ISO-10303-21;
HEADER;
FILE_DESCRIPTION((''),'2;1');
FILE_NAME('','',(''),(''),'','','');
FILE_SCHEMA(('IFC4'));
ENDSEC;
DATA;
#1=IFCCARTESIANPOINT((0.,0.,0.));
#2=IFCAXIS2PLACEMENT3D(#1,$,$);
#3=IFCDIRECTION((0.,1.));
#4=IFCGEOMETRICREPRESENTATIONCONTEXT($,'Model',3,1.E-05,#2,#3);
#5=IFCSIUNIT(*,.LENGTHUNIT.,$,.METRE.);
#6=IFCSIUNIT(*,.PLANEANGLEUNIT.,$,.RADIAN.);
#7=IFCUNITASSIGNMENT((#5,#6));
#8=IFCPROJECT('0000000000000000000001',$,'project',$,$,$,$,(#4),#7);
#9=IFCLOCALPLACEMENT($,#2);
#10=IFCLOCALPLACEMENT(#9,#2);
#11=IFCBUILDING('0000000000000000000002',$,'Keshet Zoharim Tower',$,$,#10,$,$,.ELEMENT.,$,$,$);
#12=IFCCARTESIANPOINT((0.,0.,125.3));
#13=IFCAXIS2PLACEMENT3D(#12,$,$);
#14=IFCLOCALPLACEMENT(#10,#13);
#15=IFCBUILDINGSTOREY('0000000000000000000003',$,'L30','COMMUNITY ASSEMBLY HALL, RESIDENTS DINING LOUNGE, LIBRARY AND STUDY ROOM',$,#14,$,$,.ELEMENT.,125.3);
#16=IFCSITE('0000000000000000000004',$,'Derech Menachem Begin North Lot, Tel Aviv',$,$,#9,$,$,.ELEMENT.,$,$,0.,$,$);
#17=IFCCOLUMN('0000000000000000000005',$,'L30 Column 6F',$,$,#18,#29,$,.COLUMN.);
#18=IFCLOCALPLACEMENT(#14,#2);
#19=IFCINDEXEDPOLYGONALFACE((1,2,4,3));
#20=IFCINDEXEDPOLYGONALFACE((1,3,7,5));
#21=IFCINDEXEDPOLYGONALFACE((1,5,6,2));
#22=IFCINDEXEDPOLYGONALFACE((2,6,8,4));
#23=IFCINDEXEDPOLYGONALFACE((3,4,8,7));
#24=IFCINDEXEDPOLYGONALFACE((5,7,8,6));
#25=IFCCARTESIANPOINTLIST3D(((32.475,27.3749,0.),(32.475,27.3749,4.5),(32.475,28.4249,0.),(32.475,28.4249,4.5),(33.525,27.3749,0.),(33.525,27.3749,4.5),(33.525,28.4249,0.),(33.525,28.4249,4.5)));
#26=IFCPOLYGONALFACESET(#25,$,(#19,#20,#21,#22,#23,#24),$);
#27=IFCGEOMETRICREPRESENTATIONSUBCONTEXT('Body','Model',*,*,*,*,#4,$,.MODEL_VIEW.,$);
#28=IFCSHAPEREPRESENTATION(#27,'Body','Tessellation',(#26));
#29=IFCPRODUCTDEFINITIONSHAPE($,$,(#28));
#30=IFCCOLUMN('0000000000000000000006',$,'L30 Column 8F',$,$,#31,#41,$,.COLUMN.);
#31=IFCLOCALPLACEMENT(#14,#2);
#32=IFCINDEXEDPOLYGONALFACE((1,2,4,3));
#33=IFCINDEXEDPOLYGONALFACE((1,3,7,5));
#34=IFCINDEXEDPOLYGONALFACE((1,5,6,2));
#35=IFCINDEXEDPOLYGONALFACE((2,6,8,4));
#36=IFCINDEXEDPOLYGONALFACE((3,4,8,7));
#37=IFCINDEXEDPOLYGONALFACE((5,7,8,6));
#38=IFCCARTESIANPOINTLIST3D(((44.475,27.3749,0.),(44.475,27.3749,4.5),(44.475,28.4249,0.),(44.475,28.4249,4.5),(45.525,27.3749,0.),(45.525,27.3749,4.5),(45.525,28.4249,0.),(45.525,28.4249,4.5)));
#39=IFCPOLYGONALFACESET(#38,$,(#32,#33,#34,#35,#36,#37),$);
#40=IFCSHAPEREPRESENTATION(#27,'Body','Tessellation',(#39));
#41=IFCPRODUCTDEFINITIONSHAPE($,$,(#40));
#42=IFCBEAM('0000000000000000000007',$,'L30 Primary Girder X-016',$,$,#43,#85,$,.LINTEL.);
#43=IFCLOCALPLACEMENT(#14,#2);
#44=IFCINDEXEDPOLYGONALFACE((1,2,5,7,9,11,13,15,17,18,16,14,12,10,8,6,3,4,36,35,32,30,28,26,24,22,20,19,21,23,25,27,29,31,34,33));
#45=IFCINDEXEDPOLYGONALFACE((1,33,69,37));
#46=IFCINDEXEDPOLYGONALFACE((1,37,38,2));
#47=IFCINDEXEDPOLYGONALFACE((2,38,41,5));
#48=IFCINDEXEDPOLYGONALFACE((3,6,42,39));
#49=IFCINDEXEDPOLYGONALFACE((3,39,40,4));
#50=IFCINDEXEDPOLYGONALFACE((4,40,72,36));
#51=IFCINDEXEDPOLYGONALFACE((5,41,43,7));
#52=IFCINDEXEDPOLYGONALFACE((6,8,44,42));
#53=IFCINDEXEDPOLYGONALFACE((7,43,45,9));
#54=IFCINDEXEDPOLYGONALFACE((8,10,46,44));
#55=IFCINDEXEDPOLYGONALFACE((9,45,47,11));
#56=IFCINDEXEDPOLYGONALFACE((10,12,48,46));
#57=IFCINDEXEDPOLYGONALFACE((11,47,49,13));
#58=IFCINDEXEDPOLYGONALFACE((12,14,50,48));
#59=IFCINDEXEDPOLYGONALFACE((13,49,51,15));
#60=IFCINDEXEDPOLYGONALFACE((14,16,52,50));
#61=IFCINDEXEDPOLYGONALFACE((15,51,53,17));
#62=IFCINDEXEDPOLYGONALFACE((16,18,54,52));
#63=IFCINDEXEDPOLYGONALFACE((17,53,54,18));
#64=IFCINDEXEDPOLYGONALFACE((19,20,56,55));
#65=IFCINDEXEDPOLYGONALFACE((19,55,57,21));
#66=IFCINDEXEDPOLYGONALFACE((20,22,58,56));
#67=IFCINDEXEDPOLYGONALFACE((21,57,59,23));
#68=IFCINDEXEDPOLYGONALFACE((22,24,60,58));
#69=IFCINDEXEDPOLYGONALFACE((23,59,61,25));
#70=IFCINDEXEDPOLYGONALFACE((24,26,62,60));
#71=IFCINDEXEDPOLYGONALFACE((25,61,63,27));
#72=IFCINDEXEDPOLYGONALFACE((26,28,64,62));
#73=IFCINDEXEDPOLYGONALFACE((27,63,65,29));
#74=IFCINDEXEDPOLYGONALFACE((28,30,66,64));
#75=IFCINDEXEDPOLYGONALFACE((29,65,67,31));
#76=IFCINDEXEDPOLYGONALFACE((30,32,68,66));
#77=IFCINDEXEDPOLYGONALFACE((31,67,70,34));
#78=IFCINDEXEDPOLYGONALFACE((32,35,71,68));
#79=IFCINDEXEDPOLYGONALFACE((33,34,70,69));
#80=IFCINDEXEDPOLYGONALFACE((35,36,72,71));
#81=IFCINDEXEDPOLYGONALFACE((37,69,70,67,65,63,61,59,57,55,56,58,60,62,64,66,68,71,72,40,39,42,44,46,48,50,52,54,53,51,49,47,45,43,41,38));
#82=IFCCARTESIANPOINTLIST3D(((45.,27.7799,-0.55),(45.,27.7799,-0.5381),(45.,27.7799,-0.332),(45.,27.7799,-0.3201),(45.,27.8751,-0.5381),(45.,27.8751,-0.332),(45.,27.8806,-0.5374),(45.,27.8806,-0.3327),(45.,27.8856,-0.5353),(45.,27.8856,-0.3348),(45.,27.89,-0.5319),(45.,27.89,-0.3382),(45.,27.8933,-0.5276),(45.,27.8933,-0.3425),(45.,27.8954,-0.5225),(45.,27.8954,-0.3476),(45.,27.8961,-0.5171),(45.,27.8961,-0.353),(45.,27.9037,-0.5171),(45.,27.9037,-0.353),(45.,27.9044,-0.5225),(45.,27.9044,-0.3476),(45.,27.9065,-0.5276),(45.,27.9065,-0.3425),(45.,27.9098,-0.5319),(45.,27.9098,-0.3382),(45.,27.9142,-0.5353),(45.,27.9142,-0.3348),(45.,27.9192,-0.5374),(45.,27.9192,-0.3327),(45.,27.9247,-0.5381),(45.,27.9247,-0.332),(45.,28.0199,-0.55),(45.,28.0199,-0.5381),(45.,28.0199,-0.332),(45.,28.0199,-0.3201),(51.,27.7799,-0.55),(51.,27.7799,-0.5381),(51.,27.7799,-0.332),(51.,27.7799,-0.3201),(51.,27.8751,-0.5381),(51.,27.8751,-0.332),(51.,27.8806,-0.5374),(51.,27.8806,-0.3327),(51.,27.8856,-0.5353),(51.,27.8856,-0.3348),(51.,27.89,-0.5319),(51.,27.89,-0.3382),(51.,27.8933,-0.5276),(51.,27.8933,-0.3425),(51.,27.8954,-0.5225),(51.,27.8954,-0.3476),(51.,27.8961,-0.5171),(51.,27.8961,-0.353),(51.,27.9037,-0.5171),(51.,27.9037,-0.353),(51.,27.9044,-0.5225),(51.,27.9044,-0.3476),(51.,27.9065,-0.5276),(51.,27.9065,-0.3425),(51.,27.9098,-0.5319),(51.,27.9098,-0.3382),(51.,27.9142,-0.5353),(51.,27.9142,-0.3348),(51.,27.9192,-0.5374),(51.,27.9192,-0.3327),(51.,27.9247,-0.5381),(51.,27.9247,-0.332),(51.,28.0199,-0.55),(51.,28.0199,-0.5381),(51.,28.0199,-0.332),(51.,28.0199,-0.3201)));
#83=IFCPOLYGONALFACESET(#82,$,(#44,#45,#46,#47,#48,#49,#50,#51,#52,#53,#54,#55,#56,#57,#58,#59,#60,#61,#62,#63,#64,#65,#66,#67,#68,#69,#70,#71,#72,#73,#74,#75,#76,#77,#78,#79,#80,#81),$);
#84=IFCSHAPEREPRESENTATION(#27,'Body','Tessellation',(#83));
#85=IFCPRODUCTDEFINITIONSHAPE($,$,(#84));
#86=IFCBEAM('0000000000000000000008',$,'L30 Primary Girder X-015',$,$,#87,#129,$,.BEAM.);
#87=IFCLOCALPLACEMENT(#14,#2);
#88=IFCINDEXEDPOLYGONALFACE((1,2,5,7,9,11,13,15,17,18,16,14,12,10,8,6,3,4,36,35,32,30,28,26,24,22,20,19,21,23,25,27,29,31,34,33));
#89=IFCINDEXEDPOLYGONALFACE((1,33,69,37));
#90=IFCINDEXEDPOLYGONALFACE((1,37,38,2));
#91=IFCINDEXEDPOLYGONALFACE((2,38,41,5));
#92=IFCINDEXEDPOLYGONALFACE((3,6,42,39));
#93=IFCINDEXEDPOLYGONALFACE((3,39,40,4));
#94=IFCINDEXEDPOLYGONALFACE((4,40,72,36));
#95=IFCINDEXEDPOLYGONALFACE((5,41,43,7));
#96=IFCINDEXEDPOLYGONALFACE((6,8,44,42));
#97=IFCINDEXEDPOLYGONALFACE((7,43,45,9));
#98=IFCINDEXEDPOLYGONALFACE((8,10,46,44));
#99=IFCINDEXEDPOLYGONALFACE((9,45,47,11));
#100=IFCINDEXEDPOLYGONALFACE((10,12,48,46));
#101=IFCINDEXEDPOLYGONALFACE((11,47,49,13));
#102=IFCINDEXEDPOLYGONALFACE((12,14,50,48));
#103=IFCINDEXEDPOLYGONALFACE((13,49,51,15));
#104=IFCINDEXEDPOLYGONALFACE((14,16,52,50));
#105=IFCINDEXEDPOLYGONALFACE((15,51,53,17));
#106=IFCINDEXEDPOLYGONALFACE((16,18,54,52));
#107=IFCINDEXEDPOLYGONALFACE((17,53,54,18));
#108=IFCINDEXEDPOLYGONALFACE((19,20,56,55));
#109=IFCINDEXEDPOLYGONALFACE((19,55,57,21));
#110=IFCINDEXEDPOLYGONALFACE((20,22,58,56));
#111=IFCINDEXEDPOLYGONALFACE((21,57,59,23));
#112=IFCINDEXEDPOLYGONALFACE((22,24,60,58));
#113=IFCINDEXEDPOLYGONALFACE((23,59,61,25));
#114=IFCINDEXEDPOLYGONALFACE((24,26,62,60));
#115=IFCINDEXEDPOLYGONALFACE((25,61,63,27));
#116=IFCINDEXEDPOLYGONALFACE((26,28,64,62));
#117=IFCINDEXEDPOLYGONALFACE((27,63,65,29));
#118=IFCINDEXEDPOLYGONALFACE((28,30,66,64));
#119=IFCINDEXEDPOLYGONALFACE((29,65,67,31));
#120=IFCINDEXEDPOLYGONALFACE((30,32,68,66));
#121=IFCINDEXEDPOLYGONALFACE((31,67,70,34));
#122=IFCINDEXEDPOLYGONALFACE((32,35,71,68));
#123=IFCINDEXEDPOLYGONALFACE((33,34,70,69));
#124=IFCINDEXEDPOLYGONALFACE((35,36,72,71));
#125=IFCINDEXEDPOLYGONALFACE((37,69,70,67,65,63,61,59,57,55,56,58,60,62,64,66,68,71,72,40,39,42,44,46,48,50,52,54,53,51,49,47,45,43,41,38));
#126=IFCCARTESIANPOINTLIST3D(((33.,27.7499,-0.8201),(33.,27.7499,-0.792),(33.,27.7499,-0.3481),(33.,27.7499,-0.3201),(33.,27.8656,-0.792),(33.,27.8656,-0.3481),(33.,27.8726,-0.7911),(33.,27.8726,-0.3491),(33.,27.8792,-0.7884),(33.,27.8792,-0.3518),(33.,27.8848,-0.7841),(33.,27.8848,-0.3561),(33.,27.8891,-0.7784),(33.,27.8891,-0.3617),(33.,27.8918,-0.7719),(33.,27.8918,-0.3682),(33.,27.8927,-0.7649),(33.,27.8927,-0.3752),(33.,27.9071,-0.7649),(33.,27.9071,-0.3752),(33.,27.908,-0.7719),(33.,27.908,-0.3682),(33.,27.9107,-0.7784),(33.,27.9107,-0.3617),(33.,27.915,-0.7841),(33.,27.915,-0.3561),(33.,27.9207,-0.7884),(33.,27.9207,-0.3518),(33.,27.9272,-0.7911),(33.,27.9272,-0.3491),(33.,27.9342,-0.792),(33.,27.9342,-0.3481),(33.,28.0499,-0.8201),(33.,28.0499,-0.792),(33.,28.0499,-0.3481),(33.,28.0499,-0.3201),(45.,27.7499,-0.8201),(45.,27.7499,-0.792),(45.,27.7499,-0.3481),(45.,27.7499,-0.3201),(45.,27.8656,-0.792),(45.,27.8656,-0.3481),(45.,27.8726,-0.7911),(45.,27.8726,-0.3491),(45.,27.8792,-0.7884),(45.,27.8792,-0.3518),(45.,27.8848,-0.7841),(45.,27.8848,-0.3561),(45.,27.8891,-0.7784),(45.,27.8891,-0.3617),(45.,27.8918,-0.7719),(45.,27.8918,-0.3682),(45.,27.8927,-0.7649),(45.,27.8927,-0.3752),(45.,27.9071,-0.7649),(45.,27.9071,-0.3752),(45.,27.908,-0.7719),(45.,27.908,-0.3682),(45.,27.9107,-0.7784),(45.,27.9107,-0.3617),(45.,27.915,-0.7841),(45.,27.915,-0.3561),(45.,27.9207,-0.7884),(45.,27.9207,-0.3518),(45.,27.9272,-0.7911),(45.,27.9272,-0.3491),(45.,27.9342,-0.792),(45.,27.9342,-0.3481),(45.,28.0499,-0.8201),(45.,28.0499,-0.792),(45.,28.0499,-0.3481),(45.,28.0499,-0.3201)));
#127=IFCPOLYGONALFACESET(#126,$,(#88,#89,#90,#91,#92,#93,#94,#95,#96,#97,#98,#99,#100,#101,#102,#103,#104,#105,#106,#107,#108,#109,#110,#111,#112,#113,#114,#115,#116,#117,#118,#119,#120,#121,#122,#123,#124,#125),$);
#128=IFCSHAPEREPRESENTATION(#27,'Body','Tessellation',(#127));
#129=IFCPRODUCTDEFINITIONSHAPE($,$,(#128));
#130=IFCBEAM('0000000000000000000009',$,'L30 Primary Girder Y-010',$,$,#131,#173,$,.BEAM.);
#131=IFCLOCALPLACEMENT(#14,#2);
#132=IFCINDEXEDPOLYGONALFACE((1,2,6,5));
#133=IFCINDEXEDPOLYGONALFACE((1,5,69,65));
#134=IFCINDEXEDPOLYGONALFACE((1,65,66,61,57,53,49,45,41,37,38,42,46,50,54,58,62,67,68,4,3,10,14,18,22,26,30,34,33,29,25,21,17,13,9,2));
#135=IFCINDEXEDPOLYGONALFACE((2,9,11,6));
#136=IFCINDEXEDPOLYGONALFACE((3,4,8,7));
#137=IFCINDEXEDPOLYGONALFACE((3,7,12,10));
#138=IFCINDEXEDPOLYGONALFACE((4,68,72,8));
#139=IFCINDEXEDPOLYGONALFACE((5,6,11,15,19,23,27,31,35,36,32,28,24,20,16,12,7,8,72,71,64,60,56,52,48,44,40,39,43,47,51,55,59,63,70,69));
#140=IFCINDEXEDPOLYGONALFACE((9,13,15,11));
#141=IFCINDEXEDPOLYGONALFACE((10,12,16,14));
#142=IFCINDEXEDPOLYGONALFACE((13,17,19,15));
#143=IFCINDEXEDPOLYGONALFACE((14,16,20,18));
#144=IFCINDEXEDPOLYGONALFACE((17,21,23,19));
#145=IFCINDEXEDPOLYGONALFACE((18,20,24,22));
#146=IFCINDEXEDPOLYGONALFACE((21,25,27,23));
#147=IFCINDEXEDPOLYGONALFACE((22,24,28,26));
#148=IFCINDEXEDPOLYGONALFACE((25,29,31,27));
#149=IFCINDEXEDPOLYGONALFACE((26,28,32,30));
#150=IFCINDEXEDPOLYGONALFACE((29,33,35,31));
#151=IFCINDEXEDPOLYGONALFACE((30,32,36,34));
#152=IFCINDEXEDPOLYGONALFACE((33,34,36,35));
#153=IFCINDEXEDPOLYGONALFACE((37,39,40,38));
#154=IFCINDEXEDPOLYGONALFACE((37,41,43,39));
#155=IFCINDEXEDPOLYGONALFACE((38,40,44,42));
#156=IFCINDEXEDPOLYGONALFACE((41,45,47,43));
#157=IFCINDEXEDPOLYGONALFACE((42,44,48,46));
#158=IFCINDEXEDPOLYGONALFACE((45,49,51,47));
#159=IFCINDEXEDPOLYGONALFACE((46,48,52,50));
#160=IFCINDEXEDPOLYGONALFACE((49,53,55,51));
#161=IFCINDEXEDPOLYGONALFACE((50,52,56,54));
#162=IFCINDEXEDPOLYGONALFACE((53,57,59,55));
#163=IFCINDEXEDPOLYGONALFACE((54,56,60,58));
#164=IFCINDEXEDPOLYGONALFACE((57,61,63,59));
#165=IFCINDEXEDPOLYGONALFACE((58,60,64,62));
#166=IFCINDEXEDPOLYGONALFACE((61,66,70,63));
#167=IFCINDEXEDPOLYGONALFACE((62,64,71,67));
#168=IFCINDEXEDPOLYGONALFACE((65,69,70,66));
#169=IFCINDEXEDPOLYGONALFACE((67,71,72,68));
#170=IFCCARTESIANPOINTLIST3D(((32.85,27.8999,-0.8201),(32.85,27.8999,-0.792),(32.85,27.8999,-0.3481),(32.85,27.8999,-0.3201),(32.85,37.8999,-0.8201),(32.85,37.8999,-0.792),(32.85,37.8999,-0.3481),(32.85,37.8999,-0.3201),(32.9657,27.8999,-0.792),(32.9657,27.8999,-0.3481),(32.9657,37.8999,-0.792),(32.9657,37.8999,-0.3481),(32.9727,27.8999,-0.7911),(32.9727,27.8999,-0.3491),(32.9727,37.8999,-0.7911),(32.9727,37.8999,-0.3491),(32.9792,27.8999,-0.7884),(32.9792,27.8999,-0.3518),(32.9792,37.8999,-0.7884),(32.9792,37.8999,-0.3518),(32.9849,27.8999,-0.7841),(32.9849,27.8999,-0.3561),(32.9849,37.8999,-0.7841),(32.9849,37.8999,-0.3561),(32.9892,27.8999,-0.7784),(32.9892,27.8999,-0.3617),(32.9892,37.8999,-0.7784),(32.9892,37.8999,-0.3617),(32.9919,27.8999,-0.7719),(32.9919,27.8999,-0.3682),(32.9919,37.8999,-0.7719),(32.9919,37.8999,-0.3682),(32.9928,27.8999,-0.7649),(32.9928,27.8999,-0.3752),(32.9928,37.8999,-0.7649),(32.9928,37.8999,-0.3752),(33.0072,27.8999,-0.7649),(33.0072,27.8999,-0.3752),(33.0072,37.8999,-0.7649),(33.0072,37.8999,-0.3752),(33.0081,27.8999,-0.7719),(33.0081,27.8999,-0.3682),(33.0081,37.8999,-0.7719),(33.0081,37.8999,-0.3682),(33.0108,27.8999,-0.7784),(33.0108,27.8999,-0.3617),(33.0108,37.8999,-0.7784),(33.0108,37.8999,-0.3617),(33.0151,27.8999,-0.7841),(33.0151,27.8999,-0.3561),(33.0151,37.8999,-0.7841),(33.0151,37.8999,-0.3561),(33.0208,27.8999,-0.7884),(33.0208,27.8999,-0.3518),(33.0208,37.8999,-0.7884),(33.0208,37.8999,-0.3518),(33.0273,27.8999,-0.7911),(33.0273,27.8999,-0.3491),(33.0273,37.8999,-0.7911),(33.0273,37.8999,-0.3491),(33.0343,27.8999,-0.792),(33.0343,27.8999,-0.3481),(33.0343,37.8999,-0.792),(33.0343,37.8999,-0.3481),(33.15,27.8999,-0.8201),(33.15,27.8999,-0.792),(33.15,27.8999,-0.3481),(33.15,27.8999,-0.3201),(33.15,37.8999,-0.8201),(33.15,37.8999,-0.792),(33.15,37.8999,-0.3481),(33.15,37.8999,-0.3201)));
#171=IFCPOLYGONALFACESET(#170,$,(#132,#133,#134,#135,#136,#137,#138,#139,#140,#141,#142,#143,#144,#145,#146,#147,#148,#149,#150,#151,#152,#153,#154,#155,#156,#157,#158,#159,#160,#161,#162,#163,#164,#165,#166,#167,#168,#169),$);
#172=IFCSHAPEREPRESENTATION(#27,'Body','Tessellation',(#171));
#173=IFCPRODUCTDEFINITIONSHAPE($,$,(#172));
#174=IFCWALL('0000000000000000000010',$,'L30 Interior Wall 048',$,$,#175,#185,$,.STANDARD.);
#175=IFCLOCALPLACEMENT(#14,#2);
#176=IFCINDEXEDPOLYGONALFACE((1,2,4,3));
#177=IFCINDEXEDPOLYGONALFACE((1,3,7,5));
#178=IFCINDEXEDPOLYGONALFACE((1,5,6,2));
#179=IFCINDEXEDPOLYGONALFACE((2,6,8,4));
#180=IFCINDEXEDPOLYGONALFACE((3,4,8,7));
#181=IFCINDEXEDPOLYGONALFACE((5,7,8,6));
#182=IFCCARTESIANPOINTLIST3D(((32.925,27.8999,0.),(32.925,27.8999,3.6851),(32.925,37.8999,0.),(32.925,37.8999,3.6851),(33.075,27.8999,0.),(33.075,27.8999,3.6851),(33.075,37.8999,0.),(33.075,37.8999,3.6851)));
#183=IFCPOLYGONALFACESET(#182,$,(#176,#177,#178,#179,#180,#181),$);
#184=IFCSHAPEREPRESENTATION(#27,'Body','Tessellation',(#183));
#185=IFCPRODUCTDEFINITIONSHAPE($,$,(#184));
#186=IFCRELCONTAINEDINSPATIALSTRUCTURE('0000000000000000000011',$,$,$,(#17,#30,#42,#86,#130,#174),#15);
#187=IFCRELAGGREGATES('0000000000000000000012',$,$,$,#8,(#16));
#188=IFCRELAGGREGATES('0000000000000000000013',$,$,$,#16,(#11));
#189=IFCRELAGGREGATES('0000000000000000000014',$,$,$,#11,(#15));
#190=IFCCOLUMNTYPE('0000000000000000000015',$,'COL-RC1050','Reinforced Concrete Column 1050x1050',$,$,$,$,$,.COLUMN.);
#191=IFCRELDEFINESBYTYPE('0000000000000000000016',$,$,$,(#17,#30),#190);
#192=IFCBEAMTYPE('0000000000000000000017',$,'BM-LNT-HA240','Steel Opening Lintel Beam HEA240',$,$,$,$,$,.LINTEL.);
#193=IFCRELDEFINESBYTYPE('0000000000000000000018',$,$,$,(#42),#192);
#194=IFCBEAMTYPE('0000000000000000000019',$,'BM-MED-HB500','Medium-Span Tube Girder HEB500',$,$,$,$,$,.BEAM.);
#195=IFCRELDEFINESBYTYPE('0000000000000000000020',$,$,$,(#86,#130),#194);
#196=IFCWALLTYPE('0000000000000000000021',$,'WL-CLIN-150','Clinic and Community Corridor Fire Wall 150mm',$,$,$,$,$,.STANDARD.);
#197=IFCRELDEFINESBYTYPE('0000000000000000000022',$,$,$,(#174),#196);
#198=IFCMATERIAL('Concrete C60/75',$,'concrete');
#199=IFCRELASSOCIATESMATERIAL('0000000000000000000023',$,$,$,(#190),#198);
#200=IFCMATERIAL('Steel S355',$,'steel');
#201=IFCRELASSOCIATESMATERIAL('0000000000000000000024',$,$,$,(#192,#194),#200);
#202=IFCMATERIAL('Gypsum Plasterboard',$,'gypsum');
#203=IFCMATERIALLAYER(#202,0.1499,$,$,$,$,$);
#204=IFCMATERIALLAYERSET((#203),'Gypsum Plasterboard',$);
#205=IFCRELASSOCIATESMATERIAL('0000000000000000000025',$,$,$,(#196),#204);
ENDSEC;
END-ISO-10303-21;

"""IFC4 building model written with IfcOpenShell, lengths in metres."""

from ifc_helpers import new_model, si_unit, direction, frame, frame_2d, origin, origin_2d, place, context, subcontext, project, spatial, rectangle, i_section, extrude, material, layer, layer_set, material_profile, profile_set, type_object, element, save


model = new_model("IFC4")

# Units and contexts
model_context = context("Model", 3, precision=1e-05, world=origin(), true_north=direction((0.0, 1.0)))
body_context = subcontext(model_context, "Body", "Model", "MODEL_VIEW")
ifc_project = project(units=[si_unit("LENGTHUNIT", "METRE"), si_unit("PLANEANGLEUNIT", "RADIAN")], contexts=[model_context])

# Site, building, storey
site_placement = place(None, origin())
site = spatial("IfcSite", under=ifc_project, at=site_placement, Name="Derech Menachem Begin North Lot, Tel Aviv", CompositionType="ELEMENT", RefElevation=0.0)
building_placement = place(site_placement, origin())
building = spatial("IfcBuilding", under=site, at=building_placement, Name="Keshet Zoharim Tower", CompositionType="ELEMENT")
storey_placement = place(building_placement, frame((0.0, 0.0, 125.3)))
storey = spatial("IfcBuildingStorey", under=building, at=storey_placement, Name="L30", Description="COMMUNITY ASSEMBLY HALL, RESIDENTS DINING LOUNGE, LIBRARY AND STUDY ROOM", CompositionType="ELEMENT", Elevation=125.3)

# Columns
ifc_material_1 = material(Name="Concrete C60/75", Category="concrete")
ifc_material_profile_1 = material_profile(ifc_material_1, rectangle(XDim=1.05, YDim=1.05, at=origin_2d()), Name="RC1050x1050")
ifc_profile_set_1 = profile_set([ifc_material_profile_1], Name="Concrete C60/75")
column_type = type_object("IfcColumnType", Name="COL-RC1050", Description="Reinforced Concrete Column 1050x1050", PredefinedType="COLUMN", material=ifc_profile_set_1)
for number, where, z_axis, x_axis, name in (
    (1, (33.0, 27.8999, 0.0), (0.0, 0.0, 1.0), (1.0, 0.0, 0.0), "L30 Column 6F"),
    (2, (45.0, 27.8999, 0.0), (0.0, 0.0, 1.0), (1.0, 0.0, 0.0), "L30 Column 8F"),
):
    element("IfcColumn", number, at=place(storey_placement, frame(where, z_axis=z_axis, x_axis=x_axis)), inside=storey, type_object=column_type, Name=name, PredefinedType="COLUMN", context=body_context, shape_type="SweptSolid", body=[
        extrude(rectangle(XDim=1.05, YDim=1.05, at=origin_2d()), origin(), (0.0, 0.0, 1.0), 4.5),
    ])

# Beams
ifc_material_2 = material(Name="Steel S355", Category="steel")
ifc_material_profile_2 = material_profile(ifc_material_2, i_section(OverallWidth=0.24, OverallDepth=0.23, WebThickness=0.0076, FlangeThickness=0.012, FilletRadius=0.021, at=origin_2d()), Name="HEA240")
ifc_profile_set_2 = profile_set([ifc_material_profile_2], Name="Steel S355")
beam_type_1 = type_object("IfcBeamType", Name="BM-LNT-HA240", Description="Steel Opening Lintel Beam HEA240", PredefinedType="LINTEL", material=ifc_profile_set_2)
beam_1_placement = place(storey_placement, frame((45.0, 27.8999, -0.4351), z_axis=(1.0, 0.0, 0.0), x_axis=(0.0, 1.0, 0.0)))
element("IfcBeam", 3, at=beam_1_placement, inside=storey, type_object=beam_type_1, Name="L30 Primary Girder X-016", PredefinedType="LINTEL", context=body_context, shape_type="SweptSolid", body=[
    extrude(i_section(OverallWidth=0.24, OverallDepth=0.23, WebThickness=0.0076, FlangeThickness=0.012, FilletRadius=0.021, at=origin_2d()), origin(), (0.0, 0.0, 1.0), 6.0),
])
ifc_material_profile_3 = material_profile(ifc_material_2, i_section(OverallWidth=0.3, OverallDepth=0.5, WebThickness=0.0144, FlangeThickness=0.0281, FilletRadius=0.0271, at=origin_2d()), Name="HEB500")
ifc_profile_set_3 = profile_set([ifc_material_profile_3], Name="Steel S355")
beam_type_2 = type_object("IfcBeamType", Name="BM-MED-HB500", Description="Medium-Span Tube Girder HEB500", PredefinedType="BEAM", material=ifc_profile_set_3)
beam_2_placement = place(storey_placement, frame((33.0, 27.8999, -0.5701), z_axis=(1.0, 0.0, 0.0), x_axis=(0.0, 1.0, 0.0)))
element("IfcBeam", 4, at=beam_2_placement, inside=storey, type_object=beam_type_2, Name="L30 Primary Girder X-015", PredefinedType="BEAM", context=body_context, shape_type="SweptSolid", body=[
    extrude(i_section(OverallWidth=0.3, OverallDepth=0.5, WebThickness=0.0144, FlangeThickness=0.0281, FilletRadius=0.0271, at=origin_2d()), origin(), (0.0, 0.0, 1.0), 12.0),
])
beam_3_placement = place(storey_placement, frame((33.0, 27.8999, -0.5701), z_axis=(0.0, 1.0, 0.0), x_axis=(-1.0, 0.0, 0.0)))
element("IfcBeam", 5, at=beam_3_placement, inside=storey, type_object=beam_type_2, Name="L30 Primary Girder Y-010", PredefinedType="BEAM", context=body_context, shape_type="SweptSolid", body=[
    extrude(i_section(OverallWidth=0.3, OverallDepth=0.5, WebThickness=0.0144, FlangeThickness=0.0281, FilletRadius=0.0271, at=origin_2d()), origin(), (0.0, 0.0, 1.0), 10.0),
])

# Wall
ifc_material_3 = material(Name="Gypsum Plasterboard", Category="gypsum")
ifc_layer_1 = layer(ifc_material_3, 0.1499)
ifc_layer_set_1 = layer_set([ifc_layer_1], Name="Gypsum Plasterboard")
wall_type_1 = type_object("IfcWallType", Name="WL-CLIN-150", Description="Clinic and Community Corridor Fire Wall 150mm", PredefinedType="STANDARD", material=ifc_layer_set_1)
wall_1_placement = place(storey_placement, frame((33.0, 27.8999, 0.0), z_axis=(0.0, 0.0, 1.0), x_axis=(0.0, 1.0, 0.0)))
element("IfcWall", 6, at=wall_1_placement, inside=storey, type_object=wall_type_1, Name="L30 Interior Wall 048", PredefinedType="STANDARD", context=body_context, shape_type="SweptSolid", body=[
    extrude(rectangle(XDim=10.0, YDim=0.1499, at=frame_2d((5.0, 0.0))), origin(), (0.0, 0.0, 1.0), 3.6851),
])

save(model, "model.ifc")
